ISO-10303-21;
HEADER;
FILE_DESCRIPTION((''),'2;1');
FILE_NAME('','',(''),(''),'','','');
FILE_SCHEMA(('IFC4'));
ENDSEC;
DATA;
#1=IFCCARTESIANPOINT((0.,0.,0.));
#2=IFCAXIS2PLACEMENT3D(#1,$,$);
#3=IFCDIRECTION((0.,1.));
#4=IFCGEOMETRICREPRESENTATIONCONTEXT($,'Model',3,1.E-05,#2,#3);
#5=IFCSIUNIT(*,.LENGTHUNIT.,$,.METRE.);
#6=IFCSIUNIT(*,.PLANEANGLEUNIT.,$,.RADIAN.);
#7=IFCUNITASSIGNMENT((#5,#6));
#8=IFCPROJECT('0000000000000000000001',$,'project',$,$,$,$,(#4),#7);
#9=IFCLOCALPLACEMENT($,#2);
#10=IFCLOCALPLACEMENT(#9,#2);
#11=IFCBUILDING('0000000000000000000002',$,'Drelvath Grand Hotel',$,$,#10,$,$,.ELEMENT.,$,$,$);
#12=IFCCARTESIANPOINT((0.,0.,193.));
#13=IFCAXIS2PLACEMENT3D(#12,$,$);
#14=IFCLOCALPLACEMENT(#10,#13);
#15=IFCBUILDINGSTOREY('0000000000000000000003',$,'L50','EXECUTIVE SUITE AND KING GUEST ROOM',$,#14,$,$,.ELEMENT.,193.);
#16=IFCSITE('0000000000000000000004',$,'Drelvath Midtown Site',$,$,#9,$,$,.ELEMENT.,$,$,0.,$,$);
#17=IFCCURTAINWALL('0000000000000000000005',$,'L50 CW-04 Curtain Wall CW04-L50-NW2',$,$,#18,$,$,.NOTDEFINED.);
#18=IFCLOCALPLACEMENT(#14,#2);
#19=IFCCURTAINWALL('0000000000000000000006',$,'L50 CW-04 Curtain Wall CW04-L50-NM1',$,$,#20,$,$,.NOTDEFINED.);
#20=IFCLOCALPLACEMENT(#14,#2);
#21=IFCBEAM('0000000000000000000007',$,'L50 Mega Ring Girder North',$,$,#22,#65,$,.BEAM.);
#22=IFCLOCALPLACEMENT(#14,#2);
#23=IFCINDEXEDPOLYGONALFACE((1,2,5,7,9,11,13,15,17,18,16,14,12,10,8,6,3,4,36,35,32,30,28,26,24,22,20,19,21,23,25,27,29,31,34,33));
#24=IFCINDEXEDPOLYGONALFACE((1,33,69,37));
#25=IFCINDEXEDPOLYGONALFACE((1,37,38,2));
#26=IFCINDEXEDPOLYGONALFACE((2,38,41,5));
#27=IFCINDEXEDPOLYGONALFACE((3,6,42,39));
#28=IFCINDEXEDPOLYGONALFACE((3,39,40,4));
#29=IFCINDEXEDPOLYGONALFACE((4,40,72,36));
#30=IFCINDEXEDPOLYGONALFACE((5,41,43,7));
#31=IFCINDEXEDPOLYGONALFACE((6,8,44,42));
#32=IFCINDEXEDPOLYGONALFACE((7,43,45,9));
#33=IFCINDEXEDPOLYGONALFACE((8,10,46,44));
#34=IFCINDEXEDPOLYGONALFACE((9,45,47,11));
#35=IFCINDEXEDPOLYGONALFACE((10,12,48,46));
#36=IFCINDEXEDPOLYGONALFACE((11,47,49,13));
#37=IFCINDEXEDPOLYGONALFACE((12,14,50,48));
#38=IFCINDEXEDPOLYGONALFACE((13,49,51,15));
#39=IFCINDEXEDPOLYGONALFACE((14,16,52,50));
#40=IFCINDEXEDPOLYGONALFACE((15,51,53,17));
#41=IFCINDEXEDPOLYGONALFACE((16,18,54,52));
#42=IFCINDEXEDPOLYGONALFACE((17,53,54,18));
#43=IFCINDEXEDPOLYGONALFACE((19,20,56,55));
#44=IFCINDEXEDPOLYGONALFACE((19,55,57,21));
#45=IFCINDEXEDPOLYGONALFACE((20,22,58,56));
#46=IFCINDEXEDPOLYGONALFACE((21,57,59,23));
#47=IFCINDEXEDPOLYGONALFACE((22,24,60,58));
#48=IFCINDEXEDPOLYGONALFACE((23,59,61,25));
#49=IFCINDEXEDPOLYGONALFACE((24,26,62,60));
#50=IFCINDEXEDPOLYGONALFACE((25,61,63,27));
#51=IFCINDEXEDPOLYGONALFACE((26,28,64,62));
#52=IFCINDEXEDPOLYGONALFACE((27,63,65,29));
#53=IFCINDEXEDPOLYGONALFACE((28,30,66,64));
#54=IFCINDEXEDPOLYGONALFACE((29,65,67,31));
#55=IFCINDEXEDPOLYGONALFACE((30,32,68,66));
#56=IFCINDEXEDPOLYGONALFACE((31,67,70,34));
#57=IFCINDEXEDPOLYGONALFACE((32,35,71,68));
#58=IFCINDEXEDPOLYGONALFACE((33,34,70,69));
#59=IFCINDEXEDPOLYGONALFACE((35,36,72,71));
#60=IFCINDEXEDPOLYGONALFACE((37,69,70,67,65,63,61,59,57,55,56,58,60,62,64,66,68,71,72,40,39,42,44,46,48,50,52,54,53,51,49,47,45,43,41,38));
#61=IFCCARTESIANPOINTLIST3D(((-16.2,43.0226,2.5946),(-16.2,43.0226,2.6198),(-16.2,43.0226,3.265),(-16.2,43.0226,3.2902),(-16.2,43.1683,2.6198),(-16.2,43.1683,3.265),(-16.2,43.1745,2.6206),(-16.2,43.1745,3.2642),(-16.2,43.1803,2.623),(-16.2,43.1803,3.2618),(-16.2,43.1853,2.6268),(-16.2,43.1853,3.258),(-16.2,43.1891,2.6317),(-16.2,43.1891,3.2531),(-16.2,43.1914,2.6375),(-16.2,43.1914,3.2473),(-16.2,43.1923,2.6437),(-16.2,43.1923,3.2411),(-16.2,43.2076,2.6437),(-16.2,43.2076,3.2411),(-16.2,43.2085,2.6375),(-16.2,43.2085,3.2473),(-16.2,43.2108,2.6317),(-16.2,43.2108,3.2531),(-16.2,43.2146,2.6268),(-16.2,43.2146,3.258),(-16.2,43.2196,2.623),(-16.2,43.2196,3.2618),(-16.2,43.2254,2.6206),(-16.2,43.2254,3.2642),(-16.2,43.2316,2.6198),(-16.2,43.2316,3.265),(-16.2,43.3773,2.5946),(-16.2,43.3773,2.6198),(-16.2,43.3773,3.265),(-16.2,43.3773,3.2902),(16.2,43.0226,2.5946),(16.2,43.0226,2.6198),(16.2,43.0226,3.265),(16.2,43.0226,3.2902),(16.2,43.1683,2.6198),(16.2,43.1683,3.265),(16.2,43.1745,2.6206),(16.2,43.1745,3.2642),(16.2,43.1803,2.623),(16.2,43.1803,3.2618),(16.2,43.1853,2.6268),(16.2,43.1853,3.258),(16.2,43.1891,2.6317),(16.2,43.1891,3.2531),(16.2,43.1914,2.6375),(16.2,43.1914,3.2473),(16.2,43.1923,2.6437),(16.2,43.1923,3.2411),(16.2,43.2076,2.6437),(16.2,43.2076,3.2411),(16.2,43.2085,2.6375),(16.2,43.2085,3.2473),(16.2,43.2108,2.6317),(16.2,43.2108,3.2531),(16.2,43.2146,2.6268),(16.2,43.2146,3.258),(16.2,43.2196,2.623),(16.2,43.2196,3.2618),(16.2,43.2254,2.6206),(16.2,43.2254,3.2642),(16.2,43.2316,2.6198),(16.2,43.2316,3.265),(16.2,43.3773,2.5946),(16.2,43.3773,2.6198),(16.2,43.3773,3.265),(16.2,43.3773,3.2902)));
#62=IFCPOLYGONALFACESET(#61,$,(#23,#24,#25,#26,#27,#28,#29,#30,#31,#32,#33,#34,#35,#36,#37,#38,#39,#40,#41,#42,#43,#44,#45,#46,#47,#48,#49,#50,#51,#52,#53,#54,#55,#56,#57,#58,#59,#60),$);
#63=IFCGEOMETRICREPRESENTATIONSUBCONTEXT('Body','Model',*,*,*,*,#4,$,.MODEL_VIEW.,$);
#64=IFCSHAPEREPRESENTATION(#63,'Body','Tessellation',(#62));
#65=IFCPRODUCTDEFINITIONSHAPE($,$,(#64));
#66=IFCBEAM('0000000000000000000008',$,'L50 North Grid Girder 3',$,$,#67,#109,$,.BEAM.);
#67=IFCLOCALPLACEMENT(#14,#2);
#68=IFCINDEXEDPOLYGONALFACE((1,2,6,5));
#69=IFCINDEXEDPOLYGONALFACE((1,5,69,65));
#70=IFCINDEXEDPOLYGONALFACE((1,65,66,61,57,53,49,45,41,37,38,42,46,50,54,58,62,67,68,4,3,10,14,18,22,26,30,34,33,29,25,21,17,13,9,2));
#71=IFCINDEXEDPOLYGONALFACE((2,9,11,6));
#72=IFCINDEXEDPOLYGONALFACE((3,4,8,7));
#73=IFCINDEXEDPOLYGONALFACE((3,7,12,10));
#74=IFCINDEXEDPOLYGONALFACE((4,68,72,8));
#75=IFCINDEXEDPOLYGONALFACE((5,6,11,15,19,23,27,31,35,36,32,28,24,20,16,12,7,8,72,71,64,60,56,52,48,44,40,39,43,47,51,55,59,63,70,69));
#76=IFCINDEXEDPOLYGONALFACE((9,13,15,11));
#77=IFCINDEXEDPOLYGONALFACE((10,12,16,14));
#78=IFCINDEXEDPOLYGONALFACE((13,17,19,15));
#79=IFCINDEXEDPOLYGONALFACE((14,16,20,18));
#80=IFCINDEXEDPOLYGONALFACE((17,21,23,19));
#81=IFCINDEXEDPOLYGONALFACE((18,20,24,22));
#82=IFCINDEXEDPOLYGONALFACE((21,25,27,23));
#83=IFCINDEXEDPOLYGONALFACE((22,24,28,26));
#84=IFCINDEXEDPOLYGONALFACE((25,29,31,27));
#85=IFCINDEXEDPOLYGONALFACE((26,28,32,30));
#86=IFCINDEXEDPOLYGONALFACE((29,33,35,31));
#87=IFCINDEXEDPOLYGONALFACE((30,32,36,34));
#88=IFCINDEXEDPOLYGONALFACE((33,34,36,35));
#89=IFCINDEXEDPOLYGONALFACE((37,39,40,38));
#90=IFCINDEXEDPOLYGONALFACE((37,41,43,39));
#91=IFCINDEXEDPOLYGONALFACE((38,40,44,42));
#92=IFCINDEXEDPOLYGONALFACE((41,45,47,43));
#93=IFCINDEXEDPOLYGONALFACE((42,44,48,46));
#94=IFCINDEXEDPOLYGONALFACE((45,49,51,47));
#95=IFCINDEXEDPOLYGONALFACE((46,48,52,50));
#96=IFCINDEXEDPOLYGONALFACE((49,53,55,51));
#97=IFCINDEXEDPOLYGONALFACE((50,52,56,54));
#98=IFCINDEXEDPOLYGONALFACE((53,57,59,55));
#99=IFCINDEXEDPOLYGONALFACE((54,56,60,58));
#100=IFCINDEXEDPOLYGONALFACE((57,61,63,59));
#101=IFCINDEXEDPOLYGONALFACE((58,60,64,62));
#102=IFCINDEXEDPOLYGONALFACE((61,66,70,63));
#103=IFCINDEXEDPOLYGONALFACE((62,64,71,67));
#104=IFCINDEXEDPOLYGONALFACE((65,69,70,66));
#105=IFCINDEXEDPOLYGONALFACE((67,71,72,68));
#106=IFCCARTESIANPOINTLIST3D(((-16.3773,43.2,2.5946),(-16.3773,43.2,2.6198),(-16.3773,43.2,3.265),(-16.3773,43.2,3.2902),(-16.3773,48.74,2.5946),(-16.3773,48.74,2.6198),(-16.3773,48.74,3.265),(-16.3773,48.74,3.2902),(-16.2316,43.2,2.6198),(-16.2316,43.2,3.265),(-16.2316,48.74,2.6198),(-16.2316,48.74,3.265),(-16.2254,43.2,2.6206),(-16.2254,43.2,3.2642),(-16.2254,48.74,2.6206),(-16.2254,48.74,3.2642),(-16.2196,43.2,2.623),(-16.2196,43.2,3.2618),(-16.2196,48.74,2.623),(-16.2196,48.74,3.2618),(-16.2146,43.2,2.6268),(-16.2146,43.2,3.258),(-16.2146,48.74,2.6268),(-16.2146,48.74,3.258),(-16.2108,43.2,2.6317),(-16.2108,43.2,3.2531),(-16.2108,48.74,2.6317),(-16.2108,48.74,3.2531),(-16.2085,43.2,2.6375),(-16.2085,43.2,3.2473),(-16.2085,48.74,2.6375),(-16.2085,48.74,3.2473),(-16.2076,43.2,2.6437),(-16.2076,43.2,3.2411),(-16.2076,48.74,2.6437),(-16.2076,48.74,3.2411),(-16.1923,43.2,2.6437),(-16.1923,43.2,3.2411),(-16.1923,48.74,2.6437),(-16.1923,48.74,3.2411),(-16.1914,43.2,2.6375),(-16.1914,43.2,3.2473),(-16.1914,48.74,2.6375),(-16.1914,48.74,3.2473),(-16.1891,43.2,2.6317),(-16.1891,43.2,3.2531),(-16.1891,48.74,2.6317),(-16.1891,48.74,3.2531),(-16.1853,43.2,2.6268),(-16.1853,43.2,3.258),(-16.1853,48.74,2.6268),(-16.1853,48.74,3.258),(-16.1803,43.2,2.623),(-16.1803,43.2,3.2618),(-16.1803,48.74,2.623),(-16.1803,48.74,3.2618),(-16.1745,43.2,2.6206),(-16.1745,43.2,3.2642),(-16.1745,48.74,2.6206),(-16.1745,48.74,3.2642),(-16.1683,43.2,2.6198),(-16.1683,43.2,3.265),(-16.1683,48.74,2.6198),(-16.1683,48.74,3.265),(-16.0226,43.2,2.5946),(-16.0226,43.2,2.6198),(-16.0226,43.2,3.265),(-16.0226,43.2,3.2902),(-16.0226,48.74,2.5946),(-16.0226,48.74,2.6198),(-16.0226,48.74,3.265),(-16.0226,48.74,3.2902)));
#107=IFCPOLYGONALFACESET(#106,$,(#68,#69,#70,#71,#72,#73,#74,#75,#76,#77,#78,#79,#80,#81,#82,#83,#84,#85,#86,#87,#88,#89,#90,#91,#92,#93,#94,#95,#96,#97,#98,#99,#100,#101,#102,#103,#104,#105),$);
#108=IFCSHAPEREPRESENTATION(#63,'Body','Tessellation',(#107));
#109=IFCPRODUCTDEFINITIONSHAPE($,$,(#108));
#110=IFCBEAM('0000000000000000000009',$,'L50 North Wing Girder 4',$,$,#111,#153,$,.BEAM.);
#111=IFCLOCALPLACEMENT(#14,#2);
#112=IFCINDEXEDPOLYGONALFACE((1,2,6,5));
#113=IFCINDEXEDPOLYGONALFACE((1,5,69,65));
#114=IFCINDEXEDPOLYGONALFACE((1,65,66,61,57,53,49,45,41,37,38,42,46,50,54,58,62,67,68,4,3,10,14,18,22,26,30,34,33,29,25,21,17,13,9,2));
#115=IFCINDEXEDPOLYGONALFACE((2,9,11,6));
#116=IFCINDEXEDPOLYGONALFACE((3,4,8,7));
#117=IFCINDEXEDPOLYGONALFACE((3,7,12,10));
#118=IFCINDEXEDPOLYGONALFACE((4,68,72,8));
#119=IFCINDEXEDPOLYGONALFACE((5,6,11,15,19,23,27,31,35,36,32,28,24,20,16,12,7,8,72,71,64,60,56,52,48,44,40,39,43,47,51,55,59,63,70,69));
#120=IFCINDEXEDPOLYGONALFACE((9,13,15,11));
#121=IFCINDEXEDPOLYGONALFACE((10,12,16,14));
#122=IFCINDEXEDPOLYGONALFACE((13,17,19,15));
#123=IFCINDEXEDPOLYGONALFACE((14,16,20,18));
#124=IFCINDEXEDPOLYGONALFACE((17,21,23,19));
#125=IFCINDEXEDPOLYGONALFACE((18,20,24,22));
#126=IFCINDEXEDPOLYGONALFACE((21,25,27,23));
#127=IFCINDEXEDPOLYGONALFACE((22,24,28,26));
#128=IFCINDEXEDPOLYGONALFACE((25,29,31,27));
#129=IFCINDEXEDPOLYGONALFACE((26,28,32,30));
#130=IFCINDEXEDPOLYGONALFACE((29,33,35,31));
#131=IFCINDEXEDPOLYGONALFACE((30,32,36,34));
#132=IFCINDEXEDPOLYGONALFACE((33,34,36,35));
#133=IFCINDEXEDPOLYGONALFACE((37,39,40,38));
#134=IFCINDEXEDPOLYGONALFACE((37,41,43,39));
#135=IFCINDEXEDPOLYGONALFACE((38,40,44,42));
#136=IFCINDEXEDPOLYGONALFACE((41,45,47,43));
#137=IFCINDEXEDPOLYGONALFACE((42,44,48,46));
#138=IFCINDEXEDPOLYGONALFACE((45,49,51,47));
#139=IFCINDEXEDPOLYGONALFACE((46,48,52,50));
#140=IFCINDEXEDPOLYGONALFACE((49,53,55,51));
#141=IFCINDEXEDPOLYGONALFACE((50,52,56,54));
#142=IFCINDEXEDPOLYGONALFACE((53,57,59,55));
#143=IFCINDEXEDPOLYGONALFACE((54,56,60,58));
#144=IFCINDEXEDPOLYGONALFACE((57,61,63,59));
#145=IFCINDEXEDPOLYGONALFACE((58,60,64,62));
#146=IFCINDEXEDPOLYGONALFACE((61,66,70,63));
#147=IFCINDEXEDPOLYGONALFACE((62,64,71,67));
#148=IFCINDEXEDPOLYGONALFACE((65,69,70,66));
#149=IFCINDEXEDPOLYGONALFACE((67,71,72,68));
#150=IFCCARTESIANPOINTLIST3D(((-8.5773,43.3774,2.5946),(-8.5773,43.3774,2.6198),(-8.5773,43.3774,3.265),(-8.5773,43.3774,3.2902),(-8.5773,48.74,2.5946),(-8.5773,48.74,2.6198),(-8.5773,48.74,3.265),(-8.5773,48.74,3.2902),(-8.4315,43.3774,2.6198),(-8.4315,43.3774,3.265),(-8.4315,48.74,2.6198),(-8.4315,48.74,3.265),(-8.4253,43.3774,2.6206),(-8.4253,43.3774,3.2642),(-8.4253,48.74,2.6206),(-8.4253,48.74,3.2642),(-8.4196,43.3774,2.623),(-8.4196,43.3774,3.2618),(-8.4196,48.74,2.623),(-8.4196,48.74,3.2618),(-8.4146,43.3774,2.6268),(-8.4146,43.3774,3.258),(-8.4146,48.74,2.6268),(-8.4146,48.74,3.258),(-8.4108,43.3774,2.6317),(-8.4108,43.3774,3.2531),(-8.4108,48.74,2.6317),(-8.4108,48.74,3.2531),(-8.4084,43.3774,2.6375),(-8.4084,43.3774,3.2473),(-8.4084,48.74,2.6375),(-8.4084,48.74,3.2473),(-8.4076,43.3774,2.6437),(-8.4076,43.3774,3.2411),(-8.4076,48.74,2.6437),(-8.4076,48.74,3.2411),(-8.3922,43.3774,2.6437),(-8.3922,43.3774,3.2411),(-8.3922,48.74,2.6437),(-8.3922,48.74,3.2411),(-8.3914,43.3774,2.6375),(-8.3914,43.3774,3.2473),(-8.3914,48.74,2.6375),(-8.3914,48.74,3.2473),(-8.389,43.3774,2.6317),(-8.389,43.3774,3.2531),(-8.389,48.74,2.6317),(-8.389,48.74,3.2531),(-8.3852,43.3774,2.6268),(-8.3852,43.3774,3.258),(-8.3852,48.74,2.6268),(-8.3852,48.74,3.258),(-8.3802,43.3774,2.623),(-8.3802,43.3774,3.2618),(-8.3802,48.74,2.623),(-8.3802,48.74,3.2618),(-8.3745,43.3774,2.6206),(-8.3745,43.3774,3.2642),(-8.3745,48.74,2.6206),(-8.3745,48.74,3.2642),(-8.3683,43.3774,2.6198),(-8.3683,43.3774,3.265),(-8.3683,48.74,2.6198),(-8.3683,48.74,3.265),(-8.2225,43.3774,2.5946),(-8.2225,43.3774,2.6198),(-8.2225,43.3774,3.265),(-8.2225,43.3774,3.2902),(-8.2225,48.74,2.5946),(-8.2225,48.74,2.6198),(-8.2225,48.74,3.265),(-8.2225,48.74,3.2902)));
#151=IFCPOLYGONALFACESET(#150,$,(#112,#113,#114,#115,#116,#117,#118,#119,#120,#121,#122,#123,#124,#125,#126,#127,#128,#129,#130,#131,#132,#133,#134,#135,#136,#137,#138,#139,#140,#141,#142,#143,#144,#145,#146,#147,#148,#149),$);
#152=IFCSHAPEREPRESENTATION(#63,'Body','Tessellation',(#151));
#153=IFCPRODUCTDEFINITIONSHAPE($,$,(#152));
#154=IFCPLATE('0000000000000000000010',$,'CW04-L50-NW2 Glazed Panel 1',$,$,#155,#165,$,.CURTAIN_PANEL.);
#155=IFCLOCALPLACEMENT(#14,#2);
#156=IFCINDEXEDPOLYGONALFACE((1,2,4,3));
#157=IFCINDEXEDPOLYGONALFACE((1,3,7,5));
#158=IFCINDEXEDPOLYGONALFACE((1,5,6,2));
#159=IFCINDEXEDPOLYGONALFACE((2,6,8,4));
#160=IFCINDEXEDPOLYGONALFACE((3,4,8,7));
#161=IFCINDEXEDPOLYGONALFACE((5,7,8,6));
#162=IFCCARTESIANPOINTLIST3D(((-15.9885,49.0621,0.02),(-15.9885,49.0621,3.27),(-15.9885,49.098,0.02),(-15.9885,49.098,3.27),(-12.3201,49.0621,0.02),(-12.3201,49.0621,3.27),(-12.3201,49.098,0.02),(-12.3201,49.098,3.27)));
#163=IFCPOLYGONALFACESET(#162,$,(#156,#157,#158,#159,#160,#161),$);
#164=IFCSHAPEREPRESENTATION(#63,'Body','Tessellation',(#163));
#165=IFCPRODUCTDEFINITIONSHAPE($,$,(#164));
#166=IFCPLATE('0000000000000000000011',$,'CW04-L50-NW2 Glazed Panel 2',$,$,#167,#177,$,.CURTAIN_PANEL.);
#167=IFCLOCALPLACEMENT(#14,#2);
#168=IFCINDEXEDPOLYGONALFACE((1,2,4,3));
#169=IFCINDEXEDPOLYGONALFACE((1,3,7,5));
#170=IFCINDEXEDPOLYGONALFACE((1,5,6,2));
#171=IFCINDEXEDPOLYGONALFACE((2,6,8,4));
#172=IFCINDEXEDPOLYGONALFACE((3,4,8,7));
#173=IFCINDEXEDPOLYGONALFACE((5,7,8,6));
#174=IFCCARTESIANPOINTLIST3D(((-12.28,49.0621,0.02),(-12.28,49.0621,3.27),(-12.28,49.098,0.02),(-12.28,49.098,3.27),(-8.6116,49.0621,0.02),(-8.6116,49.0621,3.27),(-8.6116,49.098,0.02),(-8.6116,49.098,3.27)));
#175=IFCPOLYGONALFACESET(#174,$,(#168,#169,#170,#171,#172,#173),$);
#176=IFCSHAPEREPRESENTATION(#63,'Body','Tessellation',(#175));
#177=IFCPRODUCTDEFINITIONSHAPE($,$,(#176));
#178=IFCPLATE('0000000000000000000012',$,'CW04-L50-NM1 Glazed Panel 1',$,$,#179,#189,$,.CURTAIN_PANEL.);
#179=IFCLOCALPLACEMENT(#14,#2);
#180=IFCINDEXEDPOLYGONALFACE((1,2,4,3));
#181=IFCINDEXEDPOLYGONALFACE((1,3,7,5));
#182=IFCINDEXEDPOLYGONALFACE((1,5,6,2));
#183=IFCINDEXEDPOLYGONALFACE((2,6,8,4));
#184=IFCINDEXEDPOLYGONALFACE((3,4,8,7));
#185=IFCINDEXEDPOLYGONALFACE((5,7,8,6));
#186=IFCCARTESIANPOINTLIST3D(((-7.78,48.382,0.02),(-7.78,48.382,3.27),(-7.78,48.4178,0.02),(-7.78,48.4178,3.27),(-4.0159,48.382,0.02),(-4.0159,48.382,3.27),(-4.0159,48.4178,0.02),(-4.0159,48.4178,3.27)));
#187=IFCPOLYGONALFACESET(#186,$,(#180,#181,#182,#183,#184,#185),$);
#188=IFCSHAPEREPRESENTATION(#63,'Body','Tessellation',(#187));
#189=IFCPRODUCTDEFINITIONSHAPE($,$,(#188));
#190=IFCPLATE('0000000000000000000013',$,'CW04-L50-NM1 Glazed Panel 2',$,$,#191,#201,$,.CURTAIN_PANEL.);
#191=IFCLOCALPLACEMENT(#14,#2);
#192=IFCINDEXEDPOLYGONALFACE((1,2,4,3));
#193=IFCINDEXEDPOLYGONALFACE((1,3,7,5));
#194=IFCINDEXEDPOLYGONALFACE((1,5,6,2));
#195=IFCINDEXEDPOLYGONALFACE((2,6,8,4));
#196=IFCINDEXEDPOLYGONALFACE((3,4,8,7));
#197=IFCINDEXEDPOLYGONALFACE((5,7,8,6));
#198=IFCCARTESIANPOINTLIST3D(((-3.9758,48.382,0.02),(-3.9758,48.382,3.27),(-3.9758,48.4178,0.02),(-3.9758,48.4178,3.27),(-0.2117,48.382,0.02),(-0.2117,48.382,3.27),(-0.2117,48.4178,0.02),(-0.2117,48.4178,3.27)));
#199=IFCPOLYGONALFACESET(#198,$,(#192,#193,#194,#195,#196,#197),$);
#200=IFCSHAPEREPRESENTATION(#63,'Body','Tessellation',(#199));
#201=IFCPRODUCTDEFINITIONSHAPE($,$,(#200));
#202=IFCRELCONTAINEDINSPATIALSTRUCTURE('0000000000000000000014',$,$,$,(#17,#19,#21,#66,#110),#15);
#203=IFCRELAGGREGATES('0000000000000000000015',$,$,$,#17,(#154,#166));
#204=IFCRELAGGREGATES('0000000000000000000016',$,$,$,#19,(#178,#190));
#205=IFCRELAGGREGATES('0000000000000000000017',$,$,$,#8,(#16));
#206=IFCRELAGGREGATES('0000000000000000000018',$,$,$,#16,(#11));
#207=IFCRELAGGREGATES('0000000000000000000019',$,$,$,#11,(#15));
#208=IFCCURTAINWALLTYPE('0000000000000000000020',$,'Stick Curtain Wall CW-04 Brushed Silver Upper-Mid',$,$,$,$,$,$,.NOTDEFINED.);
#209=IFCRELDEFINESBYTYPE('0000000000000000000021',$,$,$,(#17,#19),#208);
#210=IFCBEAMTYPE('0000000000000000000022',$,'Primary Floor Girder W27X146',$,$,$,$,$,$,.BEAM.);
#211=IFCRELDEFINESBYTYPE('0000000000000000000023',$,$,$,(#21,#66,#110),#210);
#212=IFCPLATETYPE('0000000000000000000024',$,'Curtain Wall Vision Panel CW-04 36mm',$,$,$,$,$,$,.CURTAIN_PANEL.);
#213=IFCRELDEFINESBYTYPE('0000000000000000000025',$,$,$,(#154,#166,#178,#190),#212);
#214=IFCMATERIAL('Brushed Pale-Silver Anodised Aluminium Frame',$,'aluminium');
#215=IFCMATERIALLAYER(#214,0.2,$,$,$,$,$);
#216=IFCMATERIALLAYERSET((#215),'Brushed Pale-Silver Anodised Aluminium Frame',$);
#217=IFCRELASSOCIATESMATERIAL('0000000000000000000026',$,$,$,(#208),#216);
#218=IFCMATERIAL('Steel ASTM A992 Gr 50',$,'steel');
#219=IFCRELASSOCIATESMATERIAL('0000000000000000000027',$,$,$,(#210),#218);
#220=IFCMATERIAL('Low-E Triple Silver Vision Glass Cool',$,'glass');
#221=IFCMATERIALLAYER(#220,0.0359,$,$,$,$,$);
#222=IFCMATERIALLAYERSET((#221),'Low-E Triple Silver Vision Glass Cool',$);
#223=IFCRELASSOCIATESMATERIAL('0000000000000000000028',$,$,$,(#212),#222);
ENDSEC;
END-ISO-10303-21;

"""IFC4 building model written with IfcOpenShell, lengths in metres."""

from ifc_helpers import new_model, si_unit, direction, frame, origin, origin_2d, place, context, subcontext, project, spatial, rectangle, i_section, extrude, material, layer, layer_set, material_profile, profile_set, type_object, element, aggregate, save


model = new_model("IFC4")

# Units and contexts
model_context = context("Model", 3, precision=1e-05, world=origin(), true_north=direction((0.0, 1.0)))
body_context = subcontext(model_context, "Body", "Model", "MODEL_VIEW")
ifc_project = project(units=[si_unit("LENGTHUNIT", "METRE"), si_unit("PLANEANGLEUNIT", "RADIAN")], contexts=[model_context])

# Site, building, storey
site_placement = place(None, origin())
site = spatial("IfcSite", under=ifc_project, at=site_placement, Name="Drelvath Midtown Site", CompositionType="ELEMENT", RefElevation=0.0)
building_placement = place(site_placement, origin())
building = spatial("IfcBuilding", under=site, at=building_placement, Name="Drelvath Grand Hotel", CompositionType="ELEMENT")
storey_placement = place(building_placement, frame((0.0, 0.0, 193.0)))
storey = spatial("IfcBuildingStorey", under=building, at=storey_placement, Name="L50", Description="EXECUTIVE SUITE AND KING GUEST ROOM", CompositionType="ELEMENT", Elevation=193.0)

# Curtain walls
ifc_material_1 = material(Name="Brushed Pale-Silver Anodised Aluminium Frame", Category="aluminium")
ifc_layer_1 = layer(ifc_material_1, 0.2)
ifc_layer_set_1 = layer_set([ifc_layer_1], Name="Brushed Pale-Silver Anodised Aluminium Frame")
curtain_wall_type = type_object("IfcCurtainWallType", Name="Stick Curtain Wall CW-04 Brushed Silver Upper-Mid", PredefinedType="NOTDEFINED", material=ifc_layer_set_1)
curtain_wall_1_placement = place(storey_placement, origin())
curtain_wall_1 = element("IfcCurtainWall", 1, at=curtain_wall_1_placement, inside=storey, type_object=curtain_wall_type, Name="L50 CW-04 Curtain Wall CW04-L50-NW2", PredefinedType="NOTDEFINED")
curtain_wall_2_placement = place(storey_placement, origin())
curtain_wall_2 = element("IfcCurtainWall", 2, at=curtain_wall_2_placement, inside=storey, type_object=curtain_wall_type, Name="L50 CW-04 Curtain Wall CW04-L50-NM1", PredefinedType="NOTDEFINED")

# Beams
ifc_material_2 = material(Name="Steel ASTM A992 Gr 50", Category="steel")
ifc_material_profile_1 = material_profile(ifc_material_2, i_section(OverallWidth=0.3547, OverallDepth=0.6956, WebThickness=0.0154, FlangeThickness=0.0251, FilletRadius=0.0239, at=origin_2d()), Name="W27X146")
ifc_profile_set_1 = profile_set([ifc_material_profile_1], Name="Steel ASTM A992 Gr 50")
beam_type_1 = type_object("IfcBeamType", Name="Primary Floor Girder W27X146", PredefinedType="BEAM", material=ifc_profile_set_1)
beam_1_placement = place(storey_placement, frame((-16.2, 43.2, 2.9424), z_axis=(1.0, 0.0, 0.0), x_axis=(0.0, 1.0, 0.0)))
element("IfcBeam", 3, at=beam_1_placement, inside=storey, type_object=beam_type_1, Name="L50 Mega Ring Girder North", PredefinedType="BEAM", context=body_context, shape_type="SweptSolid", body=[
    extrude(i_section(OverallWidth=0.3547, OverallDepth=0.6956, WebThickness=0.0154, FlangeThickness=0.0251, FilletRadius=0.0239, at=origin_2d()), origin(), (0.0, 0.0, 1.0), 32.3999),
])
beam_2_placement = place(storey_placement, frame((-16.2, 43.2, 2.9424), z_axis=(0.0, 1.0, 0.0), x_axis=(-1.0, 0.0, 0.0)))
element("IfcBeam", 4, at=beam_2_placement, inside=storey, type_object=beam_type_1, Name="L50 North Grid Girder 3", PredefinedType="BEAM", context=body_context, shape_type="SweptSolid", body=[
    extrude(i_section(OverallWidth=0.3547, OverallDepth=0.6956, WebThickness=0.0154, FlangeThickness=0.0251, FilletRadius=0.0239, at=origin_2d()), origin(), (0.0, 0.0, 1.0), 5.54),
])
beam_3_placement = place(storey_placement, frame((-8.3999, 43.3774, 2.9424), z_axis=(0.0, 1.0, 0.0), x_axis=(-1.0, 0.0, 0.0)))
element("IfcBeam", 5, at=beam_3_placement, inside=storey, type_object=beam_type_1, Name="L50 North Wing Girder 4", PredefinedType="BEAM", context=body_context, shape_type="SweptSolid", body=[
    extrude(i_section(OverallWidth=0.3547, OverallDepth=0.6956, WebThickness=0.0154, FlangeThickness=0.0251, FilletRadius=0.0239, at=origin_2d()), origin(), (0.0, 0.0, 1.0), 5.3625),
])

# Plates
ifc_material_3 = material(Name="Low-E Triple Silver Vision Glass Cool", Category="glass")
ifc_layer_2 = layer(ifc_material_3, 0.0359)
ifc_layer_set_2 = layer_set([ifc_layer_2], Name="Low-E Triple Silver Vision Glass Cool")
plate_type = type_object("IfcPlateType", Name="Curtain Wall Vision Panel CW-04 36mm", PredefinedType="CURTAIN_PANEL", material=ifc_layer_set_2)
plate_1_placement = place(storey_placement, frame((-14.1543, 49.0801, 0.02), z_axis=(0.0, 0.0, 1.0), x_axis=(1.0, 0.0, 0.0)))
plate_1 = element("IfcPlate", 6, at=plate_1_placement, type_object=plate_type, Name="CW04-L50-NW2 Glazed Panel 1", PredefinedType="CURTAIN_PANEL", context=body_context, shape_type="SweptSolid", body=[
    extrude(rectangle(XDim=3.6685, YDim=0.0359, at=origin_2d()), origin(), (0.0, 0.0, 1.0), 3.25),
])
plate_2_placement = place(storey_placement, frame((-10.4458, 49.0801, 0.02), z_axis=(0.0, 0.0, 1.0), x_axis=(1.0, 0.0, 0.0)))
plate_2 = element("IfcPlate", 7, at=plate_2_placement, type_object=plate_type, Name="CW04-L50-NW2 Glazed Panel 2", PredefinedType="CURTAIN_PANEL", context=body_context, shape_type="SweptSolid", body=[
    extrude(rectangle(XDim=3.6685, YDim=0.0359, at=origin_2d()), origin(), (0.0, 0.0, 1.0), 3.25),
])
aggregate(curtain_wall_1, [plate_1, plate_2])
plate_3_placement = place(storey_placement, frame((-5.8979, 48.3999, 0.02), z_axis=(0.0, 0.0, 1.0), x_axis=(1.0, 0.0, 0.0)))
plate_3 = element("IfcPlate", 8, at=plate_3_placement, type_object=plate_type, Name="CW04-L50-NM1 Glazed Panel 1", PredefinedType="CURTAIN_PANEL", context=body_context, shape_type="SweptSolid", body=[
    extrude(rectangle(XDim=3.7642, YDim=0.0359, at=origin_2d()), origin(), (0.0, 0.0, 1.0), 3.25),
])
plate_4_placement = place(storey_placement, frame((-2.0938, 48.3999, 0.02), z_axis=(0.0, 0.0, 1.0), x_axis=(1.0, 0.0, 0.0)))
plate_4 = element("IfcPlate", 9, at=plate_4_placement, type_object=plate_type, Name="CW04-L50-NM1 Glazed Panel 2", PredefinedType="CURTAIN_PANEL", context=body_context, shape_type="SweptSolid", body=[
    extrude(rectangle(XDim=3.7642, YDim=0.0359, at=origin_2d()), origin(), (0.0, 0.0, 1.0), 3.25),
])
aggregate(curtain_wall_2, [plate_3, plate_4])

save(model, "model.ifc")
